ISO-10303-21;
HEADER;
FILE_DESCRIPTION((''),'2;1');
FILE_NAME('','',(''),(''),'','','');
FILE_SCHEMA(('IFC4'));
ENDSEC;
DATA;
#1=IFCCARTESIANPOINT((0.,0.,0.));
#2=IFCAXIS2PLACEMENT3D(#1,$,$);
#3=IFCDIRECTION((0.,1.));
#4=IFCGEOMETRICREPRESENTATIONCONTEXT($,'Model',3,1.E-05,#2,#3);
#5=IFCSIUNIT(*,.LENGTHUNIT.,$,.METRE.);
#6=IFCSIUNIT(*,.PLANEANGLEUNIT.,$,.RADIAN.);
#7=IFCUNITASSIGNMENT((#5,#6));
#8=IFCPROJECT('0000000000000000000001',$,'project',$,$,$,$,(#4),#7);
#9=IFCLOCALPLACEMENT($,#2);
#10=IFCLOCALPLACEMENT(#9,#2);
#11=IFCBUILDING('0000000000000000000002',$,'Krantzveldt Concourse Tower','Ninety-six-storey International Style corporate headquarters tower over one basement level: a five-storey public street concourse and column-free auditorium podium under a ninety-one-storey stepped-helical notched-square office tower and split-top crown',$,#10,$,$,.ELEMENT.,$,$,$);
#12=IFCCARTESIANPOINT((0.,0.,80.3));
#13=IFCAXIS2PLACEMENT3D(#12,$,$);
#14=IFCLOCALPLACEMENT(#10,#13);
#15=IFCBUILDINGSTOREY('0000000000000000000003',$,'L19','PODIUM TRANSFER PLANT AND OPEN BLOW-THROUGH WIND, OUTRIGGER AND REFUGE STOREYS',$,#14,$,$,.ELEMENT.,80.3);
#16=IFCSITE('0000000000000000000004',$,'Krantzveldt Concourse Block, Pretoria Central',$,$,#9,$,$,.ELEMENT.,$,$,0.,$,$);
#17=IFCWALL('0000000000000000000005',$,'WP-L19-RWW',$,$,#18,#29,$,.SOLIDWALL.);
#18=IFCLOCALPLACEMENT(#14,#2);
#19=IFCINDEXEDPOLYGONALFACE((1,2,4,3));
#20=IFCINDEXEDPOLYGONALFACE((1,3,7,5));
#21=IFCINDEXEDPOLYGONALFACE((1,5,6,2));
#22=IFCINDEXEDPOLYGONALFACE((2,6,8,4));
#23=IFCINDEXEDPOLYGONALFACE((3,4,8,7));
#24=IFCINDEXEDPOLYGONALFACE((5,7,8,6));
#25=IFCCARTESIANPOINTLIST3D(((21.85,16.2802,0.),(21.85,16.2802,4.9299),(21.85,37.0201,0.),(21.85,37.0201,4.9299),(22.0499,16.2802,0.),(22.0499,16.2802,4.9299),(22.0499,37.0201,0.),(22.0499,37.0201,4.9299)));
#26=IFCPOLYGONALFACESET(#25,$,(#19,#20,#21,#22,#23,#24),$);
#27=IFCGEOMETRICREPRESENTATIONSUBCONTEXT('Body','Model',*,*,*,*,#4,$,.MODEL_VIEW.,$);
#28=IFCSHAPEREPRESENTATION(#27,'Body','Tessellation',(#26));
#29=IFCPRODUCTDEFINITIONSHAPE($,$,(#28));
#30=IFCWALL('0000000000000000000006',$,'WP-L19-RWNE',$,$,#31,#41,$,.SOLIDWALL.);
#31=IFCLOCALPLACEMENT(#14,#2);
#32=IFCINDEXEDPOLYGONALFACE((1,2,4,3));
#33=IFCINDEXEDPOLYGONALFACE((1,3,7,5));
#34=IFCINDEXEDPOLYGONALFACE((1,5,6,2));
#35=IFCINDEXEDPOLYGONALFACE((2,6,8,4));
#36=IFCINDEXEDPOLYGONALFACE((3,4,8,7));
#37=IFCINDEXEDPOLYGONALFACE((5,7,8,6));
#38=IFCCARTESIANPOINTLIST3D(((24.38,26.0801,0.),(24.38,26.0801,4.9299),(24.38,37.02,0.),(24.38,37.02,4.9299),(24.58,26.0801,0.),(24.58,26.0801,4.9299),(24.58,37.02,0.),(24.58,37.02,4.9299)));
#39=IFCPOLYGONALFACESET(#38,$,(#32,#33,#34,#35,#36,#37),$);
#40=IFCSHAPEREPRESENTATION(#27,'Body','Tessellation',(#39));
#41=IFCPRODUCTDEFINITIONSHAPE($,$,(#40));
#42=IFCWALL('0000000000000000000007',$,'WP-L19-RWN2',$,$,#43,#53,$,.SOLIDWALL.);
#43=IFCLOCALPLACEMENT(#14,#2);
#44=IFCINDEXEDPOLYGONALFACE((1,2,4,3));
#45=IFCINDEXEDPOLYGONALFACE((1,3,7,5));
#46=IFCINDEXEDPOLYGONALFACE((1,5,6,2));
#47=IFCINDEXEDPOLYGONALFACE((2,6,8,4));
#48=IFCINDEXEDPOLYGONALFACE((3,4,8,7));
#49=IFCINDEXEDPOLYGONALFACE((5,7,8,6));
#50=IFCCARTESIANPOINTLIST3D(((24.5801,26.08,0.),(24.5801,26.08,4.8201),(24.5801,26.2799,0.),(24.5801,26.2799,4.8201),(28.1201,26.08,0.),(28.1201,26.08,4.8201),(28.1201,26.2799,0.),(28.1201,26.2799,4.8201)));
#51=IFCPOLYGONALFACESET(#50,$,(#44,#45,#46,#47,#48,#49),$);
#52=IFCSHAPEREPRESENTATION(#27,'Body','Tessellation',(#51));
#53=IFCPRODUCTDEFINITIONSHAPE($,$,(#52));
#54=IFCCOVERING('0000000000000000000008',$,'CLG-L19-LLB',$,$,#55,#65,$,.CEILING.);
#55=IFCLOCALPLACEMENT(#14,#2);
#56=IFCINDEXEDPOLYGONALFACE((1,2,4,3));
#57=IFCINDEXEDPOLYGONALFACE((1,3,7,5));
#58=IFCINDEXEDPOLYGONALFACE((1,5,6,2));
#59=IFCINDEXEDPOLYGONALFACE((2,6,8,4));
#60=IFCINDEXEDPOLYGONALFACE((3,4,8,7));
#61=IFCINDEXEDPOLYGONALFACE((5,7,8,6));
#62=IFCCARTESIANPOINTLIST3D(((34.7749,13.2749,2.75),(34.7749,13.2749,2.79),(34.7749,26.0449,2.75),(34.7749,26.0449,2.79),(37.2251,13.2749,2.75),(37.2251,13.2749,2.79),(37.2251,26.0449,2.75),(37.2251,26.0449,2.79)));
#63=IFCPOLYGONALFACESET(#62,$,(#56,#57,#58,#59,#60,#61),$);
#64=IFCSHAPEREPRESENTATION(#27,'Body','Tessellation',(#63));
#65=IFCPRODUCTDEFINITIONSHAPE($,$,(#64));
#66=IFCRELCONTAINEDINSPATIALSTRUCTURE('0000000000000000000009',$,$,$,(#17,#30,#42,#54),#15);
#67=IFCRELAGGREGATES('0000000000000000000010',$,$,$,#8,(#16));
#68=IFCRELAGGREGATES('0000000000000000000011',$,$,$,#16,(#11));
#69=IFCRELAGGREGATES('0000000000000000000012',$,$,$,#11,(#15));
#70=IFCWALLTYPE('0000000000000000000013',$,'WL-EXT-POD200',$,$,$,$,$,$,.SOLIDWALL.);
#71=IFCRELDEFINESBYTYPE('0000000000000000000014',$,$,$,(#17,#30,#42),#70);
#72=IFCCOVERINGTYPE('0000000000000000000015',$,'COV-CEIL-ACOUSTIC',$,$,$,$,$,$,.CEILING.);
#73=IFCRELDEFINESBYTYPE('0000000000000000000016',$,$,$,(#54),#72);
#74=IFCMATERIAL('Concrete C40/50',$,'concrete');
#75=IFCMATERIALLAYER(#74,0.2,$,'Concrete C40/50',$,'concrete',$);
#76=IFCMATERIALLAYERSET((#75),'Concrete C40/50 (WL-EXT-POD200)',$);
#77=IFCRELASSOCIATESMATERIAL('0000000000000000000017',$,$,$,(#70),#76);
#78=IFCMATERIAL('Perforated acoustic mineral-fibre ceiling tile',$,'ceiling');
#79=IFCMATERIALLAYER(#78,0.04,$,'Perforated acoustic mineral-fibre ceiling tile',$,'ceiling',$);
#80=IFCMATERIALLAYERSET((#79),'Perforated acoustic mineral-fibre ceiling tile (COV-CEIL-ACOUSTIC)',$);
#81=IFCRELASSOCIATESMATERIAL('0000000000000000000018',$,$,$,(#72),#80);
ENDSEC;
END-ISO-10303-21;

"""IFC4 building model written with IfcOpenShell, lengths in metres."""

from ifc_helpers import new_model, si_unit, direction, frame, frame_2d, origin, place, context, subcontext, project, spatial, polyline, rectangle, outline, extrude, material, layer, layer_set, type_object, element, save


model = new_model("IFC4")

# Units and contexts
model_context = context("Model", 3, precision=1e-05, world=origin(), true_north=direction((0.0, 1.0)))
body_context = subcontext(model_context, "Body", "Model", "MODEL_VIEW")
ifc_project = project(units=[si_unit("LENGTHUNIT", "METRE"), si_unit("PLANEANGLEUNIT", "RADIAN")], contexts=[model_context])

# Site, building, storey
site_placement = place(None, origin())
site = spatial("IfcSite", under=ifc_project, at=site_placement, Name="Krantzveldt Concourse Block, Pretoria Central", CompositionType="ELEMENT", RefElevation=0.0)
building_placement = place(site_placement, origin())
building = spatial("IfcBuilding", under=site, at=building_placement, Name="Krantzveldt Concourse Tower", Description="Ninety-six-storey International Style corporate headquarters tower over one basement level: a five-storey public street concourse and column-free auditorium podium under a ninety-one-storey stepped-helical notched-square office tower and split-top crown", CompositionType="ELEMENT")
storey_placement = place(building_placement, frame((0.0, 0.0, 80.3)))
storey = spatial("IfcBuildingStorey", under=building, at=storey_placement, Name="L19", Description="PODIUM TRANSFER PLANT AND OPEN BLOW-THROUGH WIND, OUTRIGGER AND REFUGE STOREYS", CompositionType="ELEMENT", Elevation=80.3)

# Walls
ifc_material_1 = material(Name="Concrete C40/50", Category="concrete")
ifc_layer_1 = layer(ifc_material_1, 0.2, Name="Concrete C40/50", Category="concrete")
ifc_layer_set_1 = layer_set([ifc_layer_1], Name="Concrete C40/50 (WL-EXT-POD200)")
wall_type = type_object("IfcWallType", Name="WL-EXT-POD200", PredefinedType="SOLIDWALL", material=ifc_layer_set_1)
wall_1_placement = place(storey_placement, frame((21.95, 16.28, 0.0), z_axis=(0.0, 0.0, 1.0), x_axis=(0.0, 1.0, 0.0)))
element("IfcWall", 1, at=wall_1_placement, inside=storey, type_object=wall_type, Name="WP-L19-RWW", PredefinedType="SOLIDWALL", context=body_context, shape_type="SweptSolid", body=[
    extrude(rectangle(XDim=20.74, YDim=0.2, at=frame_2d((10.3701, 0.0))), origin(), (0.0, 0.0, 1.0), 4.9299),
])
wall_2_placement = place(storey_placement, frame((24.48, 26.0801, 0.0), z_axis=(0.0, 0.0, 1.0), x_axis=(0.0, 1.0, 0.0)))
element("IfcWall", 2, at=wall_2_placement, inside=storey, type_object=wall_type, Name="WP-L19-RWNE", PredefinedType="SOLIDWALL", context=body_context, shape_type="SweptSolid", body=[
    extrude(rectangle(XDim=10.9399, YDim=0.2, at=frame_2d((5.47, 0.0))), origin(), (0.0, 0.0, 1.0), 4.9299),
])
wall_3_placement = place(storey_placement, frame((24.5801, 26.1799, 0.0), z_axis=(0.0, 0.0, 1.0), x_axis=(1.0, 0.0, 0.0)))
element("IfcWall", 3, at=wall_3_placement, inside=storey, type_object=wall_type, Name="WP-L19-RWN2", PredefinedType="SOLIDWALL", context=body_context, shape_type="SweptSolid", body=[
    extrude(rectangle(XDim=3.54, YDim=0.2, at=frame_2d((1.77, 0.0))), origin(), (0.0, 0.0, 1.0), 4.8201),
])

# Covering
ifc_material_2 = material(Name="Perforated acoustic mineral-fibre ceiling tile", Category="ceiling")
ifc_layer_2 = layer(ifc_material_2, 0.04, Name="Perforated acoustic mineral-fibre ceiling tile", Category="ceiling")
ifc_layer_set_2 = layer_set([ifc_layer_2], Name="Perforated acoustic mineral-fibre ceiling tile (COV-CEIL-ACOUSTIC)")
covering_type = type_object("IfcCoveringType", Name="COV-CEIL-ACOUSTIC", PredefinedType="CEILING", material=ifc_layer_set_2)
covering_placement = place(storey_placement, frame((0.0, 0.0, 2.75)))
element("IfcCovering", 4, at=covering_placement, inside=storey, type_object=covering_type, Name="CLG-L19-LLB", PredefinedType="CEILING", context=body_context, shape_type="SweptSolid", body=[
    extrude(outline(polyline([(37.2251, 13.2749), (34.7749, 13.2749), (34.7749, 26.0449), (37.2251, 26.0449), (37.2251, 13.2749)])), origin(), (0.0, 0.0, 1.0), 0.04),
])

save(model, "model.ifc")
